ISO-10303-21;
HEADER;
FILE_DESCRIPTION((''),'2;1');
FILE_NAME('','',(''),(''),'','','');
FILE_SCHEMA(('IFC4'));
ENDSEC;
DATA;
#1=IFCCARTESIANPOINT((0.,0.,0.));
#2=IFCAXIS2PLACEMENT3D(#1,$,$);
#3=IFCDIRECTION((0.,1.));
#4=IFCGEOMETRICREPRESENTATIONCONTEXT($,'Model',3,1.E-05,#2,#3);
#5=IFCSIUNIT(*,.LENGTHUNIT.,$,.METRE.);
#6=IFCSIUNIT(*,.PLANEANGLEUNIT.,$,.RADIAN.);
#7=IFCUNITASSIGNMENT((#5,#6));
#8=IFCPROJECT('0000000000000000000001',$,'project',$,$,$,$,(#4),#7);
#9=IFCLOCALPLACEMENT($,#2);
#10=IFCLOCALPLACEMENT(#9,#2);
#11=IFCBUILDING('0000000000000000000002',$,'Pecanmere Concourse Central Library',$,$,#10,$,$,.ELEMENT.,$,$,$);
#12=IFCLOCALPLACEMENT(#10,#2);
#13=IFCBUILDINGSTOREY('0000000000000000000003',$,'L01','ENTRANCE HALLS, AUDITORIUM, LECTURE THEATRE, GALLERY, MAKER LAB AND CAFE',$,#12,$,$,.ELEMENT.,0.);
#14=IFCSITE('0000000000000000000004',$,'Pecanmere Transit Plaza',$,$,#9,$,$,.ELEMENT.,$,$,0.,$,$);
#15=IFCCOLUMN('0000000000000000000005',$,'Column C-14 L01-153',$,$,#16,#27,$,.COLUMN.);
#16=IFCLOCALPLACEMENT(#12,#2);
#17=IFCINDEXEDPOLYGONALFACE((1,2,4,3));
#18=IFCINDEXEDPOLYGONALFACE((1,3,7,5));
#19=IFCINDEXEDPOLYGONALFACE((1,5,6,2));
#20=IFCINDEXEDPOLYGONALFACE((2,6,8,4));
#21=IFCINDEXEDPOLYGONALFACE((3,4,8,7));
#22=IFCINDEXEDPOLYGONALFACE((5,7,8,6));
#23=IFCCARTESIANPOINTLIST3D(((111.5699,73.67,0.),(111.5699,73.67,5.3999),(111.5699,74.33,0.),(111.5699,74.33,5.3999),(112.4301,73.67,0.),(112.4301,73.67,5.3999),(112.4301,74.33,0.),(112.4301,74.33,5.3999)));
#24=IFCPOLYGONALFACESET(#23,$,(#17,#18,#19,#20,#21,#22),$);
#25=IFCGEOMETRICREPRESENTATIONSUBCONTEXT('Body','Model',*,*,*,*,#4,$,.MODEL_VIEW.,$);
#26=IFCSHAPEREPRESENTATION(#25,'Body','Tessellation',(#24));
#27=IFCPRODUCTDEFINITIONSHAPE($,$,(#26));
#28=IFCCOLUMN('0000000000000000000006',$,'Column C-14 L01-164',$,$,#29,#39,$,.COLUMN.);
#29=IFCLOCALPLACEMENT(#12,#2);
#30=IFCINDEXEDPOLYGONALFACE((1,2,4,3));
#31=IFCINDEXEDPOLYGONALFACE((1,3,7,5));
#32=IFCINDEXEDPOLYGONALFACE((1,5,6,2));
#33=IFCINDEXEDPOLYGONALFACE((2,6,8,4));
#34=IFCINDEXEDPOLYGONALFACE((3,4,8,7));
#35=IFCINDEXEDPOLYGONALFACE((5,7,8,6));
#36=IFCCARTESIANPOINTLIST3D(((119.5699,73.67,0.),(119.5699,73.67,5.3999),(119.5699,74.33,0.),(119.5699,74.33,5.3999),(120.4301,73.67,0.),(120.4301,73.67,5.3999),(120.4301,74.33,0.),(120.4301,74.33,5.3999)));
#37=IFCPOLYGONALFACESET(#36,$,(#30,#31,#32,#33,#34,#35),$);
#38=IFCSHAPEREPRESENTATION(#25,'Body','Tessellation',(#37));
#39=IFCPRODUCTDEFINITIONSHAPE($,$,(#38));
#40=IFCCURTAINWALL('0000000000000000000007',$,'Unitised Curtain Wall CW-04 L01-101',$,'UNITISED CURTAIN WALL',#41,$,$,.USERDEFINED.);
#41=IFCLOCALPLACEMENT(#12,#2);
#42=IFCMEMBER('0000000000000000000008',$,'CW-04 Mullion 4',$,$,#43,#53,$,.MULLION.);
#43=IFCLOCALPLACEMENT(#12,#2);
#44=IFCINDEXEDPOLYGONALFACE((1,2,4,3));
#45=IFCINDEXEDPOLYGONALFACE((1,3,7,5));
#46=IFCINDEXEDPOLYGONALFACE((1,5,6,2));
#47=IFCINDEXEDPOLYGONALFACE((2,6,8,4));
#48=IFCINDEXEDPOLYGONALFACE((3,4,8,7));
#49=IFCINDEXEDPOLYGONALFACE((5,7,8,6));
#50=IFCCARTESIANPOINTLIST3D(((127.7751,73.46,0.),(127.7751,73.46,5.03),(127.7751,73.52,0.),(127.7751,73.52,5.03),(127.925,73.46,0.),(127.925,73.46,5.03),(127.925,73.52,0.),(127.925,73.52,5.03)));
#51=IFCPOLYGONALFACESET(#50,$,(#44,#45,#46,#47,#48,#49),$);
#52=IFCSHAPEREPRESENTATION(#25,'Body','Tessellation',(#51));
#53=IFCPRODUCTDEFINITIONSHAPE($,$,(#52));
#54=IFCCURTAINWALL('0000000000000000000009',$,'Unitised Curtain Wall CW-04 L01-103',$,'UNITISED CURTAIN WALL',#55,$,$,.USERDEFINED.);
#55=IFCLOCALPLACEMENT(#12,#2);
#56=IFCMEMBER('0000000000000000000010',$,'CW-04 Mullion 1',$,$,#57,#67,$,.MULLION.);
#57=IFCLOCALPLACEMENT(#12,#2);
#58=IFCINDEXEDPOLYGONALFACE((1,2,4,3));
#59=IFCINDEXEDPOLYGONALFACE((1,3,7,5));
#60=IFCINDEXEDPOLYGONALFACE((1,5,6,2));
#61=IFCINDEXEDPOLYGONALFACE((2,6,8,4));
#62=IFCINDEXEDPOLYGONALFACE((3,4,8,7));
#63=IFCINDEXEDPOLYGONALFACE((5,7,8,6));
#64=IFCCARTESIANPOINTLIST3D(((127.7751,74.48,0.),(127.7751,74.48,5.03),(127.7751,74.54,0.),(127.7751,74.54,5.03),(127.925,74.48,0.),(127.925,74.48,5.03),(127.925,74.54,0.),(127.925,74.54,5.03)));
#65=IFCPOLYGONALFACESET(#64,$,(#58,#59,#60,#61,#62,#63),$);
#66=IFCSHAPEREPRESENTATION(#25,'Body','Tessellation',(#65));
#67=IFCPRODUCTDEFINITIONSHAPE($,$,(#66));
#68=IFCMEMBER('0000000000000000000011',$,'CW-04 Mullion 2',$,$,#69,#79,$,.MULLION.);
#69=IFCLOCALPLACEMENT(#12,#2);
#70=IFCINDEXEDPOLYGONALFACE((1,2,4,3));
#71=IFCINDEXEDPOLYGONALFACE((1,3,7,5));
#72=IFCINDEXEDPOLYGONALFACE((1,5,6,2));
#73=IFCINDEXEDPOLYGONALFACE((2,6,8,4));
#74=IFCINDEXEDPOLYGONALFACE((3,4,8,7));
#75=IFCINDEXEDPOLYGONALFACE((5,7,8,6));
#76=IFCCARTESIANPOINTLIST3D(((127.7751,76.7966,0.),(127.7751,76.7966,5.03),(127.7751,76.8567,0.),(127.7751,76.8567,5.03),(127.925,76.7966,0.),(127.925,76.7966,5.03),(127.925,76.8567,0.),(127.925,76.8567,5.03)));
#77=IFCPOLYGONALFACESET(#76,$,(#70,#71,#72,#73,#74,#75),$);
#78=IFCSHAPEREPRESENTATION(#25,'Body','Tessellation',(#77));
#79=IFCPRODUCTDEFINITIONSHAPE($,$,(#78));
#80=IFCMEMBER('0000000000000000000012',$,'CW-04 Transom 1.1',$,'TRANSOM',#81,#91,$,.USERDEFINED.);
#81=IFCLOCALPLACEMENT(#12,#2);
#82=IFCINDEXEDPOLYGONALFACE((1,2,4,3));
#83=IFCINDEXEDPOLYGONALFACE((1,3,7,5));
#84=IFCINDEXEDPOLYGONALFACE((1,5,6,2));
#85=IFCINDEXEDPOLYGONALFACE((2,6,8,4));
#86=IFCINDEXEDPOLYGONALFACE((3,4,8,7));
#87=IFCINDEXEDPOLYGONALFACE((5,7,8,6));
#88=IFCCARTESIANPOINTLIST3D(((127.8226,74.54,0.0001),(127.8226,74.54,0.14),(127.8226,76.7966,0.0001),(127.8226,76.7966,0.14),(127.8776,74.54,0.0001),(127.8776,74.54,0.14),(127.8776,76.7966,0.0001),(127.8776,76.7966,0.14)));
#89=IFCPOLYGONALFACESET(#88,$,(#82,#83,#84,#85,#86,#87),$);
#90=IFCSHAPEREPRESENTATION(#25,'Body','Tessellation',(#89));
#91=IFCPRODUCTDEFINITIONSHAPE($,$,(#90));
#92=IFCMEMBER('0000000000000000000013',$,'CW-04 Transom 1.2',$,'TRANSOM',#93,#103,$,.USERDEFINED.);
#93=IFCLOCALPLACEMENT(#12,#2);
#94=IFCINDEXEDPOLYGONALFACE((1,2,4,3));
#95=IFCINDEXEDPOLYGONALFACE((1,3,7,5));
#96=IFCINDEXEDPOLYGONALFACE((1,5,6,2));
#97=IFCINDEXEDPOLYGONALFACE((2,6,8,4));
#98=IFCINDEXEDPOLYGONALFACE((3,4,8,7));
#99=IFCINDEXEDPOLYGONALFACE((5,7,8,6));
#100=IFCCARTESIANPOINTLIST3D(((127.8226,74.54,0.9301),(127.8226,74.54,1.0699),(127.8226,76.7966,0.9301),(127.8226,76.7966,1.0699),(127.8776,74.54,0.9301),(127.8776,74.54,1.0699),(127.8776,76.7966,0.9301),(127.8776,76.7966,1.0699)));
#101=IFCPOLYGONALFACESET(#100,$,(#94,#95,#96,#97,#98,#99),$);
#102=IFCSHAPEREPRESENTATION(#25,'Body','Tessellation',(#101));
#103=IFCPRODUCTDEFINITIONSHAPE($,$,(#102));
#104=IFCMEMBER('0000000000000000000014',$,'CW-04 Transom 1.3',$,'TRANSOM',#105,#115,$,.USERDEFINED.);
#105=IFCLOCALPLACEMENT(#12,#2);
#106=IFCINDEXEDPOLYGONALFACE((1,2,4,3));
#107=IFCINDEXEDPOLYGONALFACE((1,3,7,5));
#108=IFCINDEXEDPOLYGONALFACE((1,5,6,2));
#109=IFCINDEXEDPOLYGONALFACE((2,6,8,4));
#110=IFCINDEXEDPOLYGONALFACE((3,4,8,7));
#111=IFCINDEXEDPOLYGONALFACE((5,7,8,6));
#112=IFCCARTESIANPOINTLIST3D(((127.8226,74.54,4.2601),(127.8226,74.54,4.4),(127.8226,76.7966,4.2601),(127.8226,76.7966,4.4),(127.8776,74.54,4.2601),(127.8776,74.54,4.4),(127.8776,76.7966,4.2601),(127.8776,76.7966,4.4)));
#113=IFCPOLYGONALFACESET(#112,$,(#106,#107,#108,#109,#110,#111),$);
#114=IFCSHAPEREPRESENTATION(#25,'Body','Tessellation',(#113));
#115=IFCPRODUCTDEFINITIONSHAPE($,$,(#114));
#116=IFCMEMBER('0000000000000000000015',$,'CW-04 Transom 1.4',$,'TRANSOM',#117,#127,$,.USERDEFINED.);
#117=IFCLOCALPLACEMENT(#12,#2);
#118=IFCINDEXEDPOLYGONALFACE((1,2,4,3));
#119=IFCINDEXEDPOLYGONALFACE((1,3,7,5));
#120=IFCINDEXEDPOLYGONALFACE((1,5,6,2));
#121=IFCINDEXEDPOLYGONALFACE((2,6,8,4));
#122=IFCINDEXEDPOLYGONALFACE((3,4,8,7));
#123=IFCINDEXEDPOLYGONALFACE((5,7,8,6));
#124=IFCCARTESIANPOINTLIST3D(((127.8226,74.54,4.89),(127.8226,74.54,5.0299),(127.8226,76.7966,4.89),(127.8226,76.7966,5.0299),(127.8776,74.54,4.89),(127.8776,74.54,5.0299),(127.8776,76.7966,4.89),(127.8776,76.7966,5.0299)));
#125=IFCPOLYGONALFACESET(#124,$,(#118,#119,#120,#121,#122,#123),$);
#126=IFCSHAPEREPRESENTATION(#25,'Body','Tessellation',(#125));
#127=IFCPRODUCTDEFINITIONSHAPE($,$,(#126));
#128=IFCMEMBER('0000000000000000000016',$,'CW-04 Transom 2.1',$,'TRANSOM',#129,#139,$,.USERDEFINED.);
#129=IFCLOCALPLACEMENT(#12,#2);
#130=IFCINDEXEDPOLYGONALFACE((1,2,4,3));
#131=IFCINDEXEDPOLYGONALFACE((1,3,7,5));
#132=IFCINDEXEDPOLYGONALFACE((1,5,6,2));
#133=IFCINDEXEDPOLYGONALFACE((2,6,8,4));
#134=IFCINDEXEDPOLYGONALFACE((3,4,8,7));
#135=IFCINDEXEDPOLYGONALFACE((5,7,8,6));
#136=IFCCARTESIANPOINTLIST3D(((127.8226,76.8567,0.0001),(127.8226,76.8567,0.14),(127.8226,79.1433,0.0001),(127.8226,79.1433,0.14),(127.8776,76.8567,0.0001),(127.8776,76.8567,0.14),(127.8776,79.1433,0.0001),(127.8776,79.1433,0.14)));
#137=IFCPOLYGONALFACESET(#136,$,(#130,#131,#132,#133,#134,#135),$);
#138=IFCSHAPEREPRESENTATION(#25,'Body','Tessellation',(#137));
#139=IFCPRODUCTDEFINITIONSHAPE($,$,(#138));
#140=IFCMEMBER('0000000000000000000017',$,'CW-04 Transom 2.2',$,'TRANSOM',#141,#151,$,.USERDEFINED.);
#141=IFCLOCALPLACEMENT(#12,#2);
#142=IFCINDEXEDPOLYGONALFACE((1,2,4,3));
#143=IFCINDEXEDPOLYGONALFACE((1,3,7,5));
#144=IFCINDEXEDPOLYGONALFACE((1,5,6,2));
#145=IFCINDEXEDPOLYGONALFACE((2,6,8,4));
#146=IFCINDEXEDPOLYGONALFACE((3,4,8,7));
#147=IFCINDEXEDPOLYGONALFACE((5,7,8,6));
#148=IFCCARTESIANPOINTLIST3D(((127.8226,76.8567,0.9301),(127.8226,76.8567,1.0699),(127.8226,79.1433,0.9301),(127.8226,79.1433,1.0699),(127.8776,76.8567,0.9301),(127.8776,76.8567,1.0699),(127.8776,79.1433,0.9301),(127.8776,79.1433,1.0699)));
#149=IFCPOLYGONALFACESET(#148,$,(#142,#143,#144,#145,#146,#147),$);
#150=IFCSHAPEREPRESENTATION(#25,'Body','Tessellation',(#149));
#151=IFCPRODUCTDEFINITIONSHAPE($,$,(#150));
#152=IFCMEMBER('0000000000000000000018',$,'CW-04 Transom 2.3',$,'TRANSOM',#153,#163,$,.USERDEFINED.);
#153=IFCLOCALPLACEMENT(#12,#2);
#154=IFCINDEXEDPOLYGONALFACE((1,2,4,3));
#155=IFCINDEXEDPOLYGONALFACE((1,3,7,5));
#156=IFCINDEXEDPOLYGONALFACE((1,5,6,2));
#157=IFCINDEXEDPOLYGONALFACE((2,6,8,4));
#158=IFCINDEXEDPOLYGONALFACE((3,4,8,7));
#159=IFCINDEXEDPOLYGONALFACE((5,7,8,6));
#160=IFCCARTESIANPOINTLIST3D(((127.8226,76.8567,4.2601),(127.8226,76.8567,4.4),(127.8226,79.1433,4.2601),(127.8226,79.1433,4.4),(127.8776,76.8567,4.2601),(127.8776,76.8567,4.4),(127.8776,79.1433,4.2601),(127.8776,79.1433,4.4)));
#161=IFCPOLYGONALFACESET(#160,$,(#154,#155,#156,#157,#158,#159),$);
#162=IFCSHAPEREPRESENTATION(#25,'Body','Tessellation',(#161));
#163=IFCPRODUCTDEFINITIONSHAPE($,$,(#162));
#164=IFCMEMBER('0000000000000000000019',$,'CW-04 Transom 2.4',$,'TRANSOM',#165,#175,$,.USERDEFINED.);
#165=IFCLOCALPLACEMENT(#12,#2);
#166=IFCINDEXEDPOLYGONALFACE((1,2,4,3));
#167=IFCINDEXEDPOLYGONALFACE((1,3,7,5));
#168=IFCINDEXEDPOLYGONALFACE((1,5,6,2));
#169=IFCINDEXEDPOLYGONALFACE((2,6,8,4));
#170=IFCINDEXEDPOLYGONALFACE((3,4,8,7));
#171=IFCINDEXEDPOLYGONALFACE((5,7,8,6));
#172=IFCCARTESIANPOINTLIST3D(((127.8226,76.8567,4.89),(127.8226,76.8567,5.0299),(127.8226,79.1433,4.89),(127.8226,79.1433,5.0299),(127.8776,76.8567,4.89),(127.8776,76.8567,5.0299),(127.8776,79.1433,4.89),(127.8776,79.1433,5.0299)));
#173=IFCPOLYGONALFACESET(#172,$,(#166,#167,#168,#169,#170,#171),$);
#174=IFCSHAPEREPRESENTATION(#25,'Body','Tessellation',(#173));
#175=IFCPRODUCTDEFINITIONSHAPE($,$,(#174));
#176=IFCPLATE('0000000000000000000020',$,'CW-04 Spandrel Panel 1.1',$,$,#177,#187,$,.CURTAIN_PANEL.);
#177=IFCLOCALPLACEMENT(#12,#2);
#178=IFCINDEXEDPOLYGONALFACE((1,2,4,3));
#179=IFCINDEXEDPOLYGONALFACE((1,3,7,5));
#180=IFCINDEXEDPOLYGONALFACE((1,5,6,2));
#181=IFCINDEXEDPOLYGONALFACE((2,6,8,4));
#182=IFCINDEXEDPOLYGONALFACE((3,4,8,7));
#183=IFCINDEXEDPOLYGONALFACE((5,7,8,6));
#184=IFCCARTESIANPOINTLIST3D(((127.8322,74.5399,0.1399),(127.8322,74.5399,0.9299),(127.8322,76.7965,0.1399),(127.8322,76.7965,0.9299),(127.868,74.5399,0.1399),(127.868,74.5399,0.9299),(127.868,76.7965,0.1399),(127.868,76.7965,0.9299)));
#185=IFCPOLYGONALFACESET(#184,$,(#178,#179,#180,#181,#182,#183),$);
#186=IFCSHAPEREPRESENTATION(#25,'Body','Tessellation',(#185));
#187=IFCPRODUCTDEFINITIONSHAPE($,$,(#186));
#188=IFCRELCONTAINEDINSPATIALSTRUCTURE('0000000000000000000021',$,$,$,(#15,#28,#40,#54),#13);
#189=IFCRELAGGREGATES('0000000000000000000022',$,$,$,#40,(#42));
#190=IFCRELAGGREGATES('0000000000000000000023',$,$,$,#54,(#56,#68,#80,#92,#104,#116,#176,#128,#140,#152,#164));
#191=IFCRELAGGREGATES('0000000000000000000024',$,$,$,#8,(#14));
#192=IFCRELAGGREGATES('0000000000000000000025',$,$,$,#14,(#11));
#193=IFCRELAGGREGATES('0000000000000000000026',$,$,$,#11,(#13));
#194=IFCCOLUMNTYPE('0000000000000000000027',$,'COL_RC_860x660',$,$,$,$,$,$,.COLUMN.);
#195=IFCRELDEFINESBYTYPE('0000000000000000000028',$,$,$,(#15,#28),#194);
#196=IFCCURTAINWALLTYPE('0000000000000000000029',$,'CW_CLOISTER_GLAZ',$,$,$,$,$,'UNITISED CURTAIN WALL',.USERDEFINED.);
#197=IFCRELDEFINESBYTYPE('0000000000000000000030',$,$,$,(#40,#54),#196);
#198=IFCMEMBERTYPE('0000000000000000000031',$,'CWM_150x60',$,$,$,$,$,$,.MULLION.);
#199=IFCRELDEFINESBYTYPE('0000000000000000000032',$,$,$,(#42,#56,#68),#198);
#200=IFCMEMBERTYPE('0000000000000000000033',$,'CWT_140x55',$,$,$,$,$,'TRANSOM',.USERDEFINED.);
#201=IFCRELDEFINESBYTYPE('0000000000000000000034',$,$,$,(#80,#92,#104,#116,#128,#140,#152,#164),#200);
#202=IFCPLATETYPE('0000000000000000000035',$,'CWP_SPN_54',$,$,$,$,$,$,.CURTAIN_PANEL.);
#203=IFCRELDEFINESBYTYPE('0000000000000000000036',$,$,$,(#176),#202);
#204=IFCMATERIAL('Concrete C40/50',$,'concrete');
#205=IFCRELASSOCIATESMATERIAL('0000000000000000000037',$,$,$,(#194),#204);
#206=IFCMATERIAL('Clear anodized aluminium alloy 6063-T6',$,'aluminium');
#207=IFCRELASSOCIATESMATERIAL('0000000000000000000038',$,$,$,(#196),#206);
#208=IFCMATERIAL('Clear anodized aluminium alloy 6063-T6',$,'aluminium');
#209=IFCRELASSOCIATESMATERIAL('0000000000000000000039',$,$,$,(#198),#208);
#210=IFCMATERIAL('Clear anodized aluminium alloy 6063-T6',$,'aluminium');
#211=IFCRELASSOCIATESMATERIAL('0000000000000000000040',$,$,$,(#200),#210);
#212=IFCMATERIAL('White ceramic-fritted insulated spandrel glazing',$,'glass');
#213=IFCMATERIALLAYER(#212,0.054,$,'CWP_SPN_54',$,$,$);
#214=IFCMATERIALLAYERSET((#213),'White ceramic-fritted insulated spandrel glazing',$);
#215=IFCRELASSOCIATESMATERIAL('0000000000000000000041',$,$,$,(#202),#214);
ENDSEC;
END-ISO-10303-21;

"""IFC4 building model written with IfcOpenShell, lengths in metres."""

from ifc_helpers import new_model, si_unit, direction, frame, origin, origin_2d, place, context, subcontext, project, spatial, rectangle, extrude, material, layer, layer_set, material_profile, profile_set, type_object, element, aggregate, save


model = new_model("IFC4")

# Units and contexts
model_context = context("Model", 3, precision=1e-05, world=origin(), true_north=direction((0.0, 1.0)))
body_context = subcontext(model_context, "Body", "Model", "MODEL_VIEW")
ifc_project = project(units=[si_unit("LENGTHUNIT", "METRE"), si_unit("PLANEANGLEUNIT", "RADIAN")], contexts=[model_context])

# Site, building, storey
site_placement = place(None, origin())
site = spatial("IfcSite", under=ifc_project, at=site_placement, Name="Pecanmere Transit Plaza", CompositionType="ELEMENT", RefElevation=0.0)
building_placement = place(site_placement, origin())
building = spatial("IfcBuilding", under=site, at=building_placement, Name="Pecanmere Concourse Central Library", CompositionType="ELEMENT")
storey_placement = place(building_placement, origin())
storey = spatial("IfcBuildingStorey", under=building, at=storey_placement, Name="L01", Description="ENTRANCE HALLS, AUDITORIUM, LECTURE THEATRE, GALLERY, MAKER LAB AND CAFE", CompositionType="ELEMENT", Elevation=0.0)

# Columns
ifc_material_1 = material(Name="Concrete C40/50", Category="concrete")
ifc_material_profile_1 = material_profile(ifc_material_1, rectangle(XDim=0.8601, YDim=0.6599, at=origin_2d()), Name="RC 860x660")
ifc_profile_set_1 = profile_set([ifc_material_profile_1], Name="Concrete C40/50")
column_type = type_object("IfcColumnType", Name="COL_RC_860x660", PredefinedType="COLUMN", material=ifc_profile_set_1)
for number, where, z_axis, x_axis, name in (
    (1, (112.0, 74.0, 0.0), (0.0, 0.0, 1.0), (1.0, 0.0, 0.0), "Column C-14 L01-153"),
    (2, (120.0, 74.0, 0.0), (0.0, 0.0, 1.0), (1.0, 0.0, 0.0), "Column C-14 L01-164"),
):
    element("IfcColumn", number, at=place(storey_placement, frame(where, z_axis=z_axis, x_axis=x_axis)), inside=storey, type_object=column_type, Name=name, PredefinedType="COLUMN", context=body_context, shape_type="SweptSolid", body=[
        extrude(rectangle(XDim=0.8601, YDim=0.6599, at=origin_2d()), origin(), (0.0, 0.0, 1.0), 5.3999),
    ])

# Curtain wall, member
ifc_material_2 = material(Name="Clear anodized aluminium alloy 6063-T6", Category="aluminium")
curtain_wall_type = type_object("IfcCurtainWallType", Name="CW_CLOISTER_GLAZ", ElementType="UNITISED CURTAIN WALL", PredefinedType="USERDEFINED", material=ifc_material_2)
curtain_wall_1_placement = place(storey_placement, origin())
curtain_wall_1 = element("IfcCurtainWall", 3, at=curtain_wall_1_placement, inside=storey, type_object=curtain_wall_type, Name="Unitised Curtain Wall CW-04 L01-101", ObjectType="UNITISED CURTAIN WALL", PredefinedType="USERDEFINED")
ifc_material_3 = material(Name="Clear anodized aluminium alloy 6063-T6", Category="aluminium")
ifc_material_profile_2 = material_profile(ifc_material_3, rectangle(XDim=0.0601, YDim=0.1499, at=origin_2d()), Name="AL 60x150")
ifc_profile_set_2 = profile_set([ifc_material_profile_2], Name="Clear anodized aluminium alloy 6063-T6")
member_type_1 = type_object("IfcMemberType", Name="CWM_150x60", PredefinedType="MULLION", material=ifc_profile_set_2)
member_1_placement = place(storey_placement, frame((127.8501, 73.49, 0.0), z_axis=(0.0, 0.0, 1.0), x_axis=(0.0, 1.0, 0.0)))
member_1 = element("IfcMember", 4, at=member_1_placement, type_object=member_type_1, Name="CW-04 Mullion 4", PredefinedType="MULLION", context=body_context, shape_type="SweptSolid", body=[
    extrude(rectangle(XDim=0.0601, YDim=0.1499, at=origin_2d()), origin(), (0.0, 0.0, 1.0), 5.03),
])
aggregate(curtain_wall_1, [member_1])

# Curtain wall, members, plate
curtain_wall_2_placement = place(storey_placement, origin())
curtain_wall_2 = element("IfcCurtainWall", 5, at=curtain_wall_2_placement, inside=storey, type_object=curtain_wall_type, Name="Unitised Curtain Wall CW-04 L01-103", ObjectType="UNITISED CURTAIN WALL", PredefinedType="USERDEFINED")
member_2_placement = place(storey_placement, frame((127.8501, 74.51, 0.0), z_axis=(0.0, 0.0, 1.0), x_axis=(0.0, 1.0, 0.0)))
member_2 = element("IfcMember", 6, at=member_2_placement, type_object=member_type_1, Name="CW-04 Mullion 1", PredefinedType="MULLION", context=body_context, shape_type="SweptSolid", body=[
    extrude(rectangle(XDim=0.0601, YDim=0.1499, at=origin_2d()), origin(), (0.0, 0.0, 1.0), 5.03),
])
member_3_placement = place(storey_placement, frame((127.8501, 76.8267, 0.0), z_axis=(0.0, 0.0, 1.0), x_axis=(0.0, 1.0, 0.0)))
member_3 = element("IfcMember", 7, at=member_3_placement, type_object=member_type_1, Name="CW-04 Mullion 2", PredefinedType="MULLION", context=body_context, shape_type="SweptSolid", body=[
    extrude(rectangle(XDim=0.0601, YDim=0.1499, at=origin_2d()), origin(), (0.0, 0.0, 1.0), 5.03),
])
ifc_material_4 = material(Name="Clear anodized aluminium alloy 6063-T6", Category="aluminium")
ifc_material_profile_3 = material_profile(ifc_material_4, rectangle(XDim=0.0549, YDim=0.1399, at=origin_2d()), Name="AL 55x140")
ifc_profile_set_3 = profile_set([ifc_material_profile_3], Name="Clear anodized aluminium alloy 6063-T6")
member_type_2 = type_object("IfcMemberType", Name="CWT_140x55", ElementType="TRANSOM", PredefinedType="USERDEFINED", material=ifc_profile_set_3)
member_4_placement = place(storey_placement, frame((127.8501, 74.54, 0.0701), z_axis=(0.0, 1.0, 0.0), x_axis=(-1.0, 0.0, 0.0)))
member_4 = element("IfcMember", 8, at=member_4_placement, type_object=member_type_2, Name="CW-04 Transom 1.1", ObjectType="TRANSOM", PredefinedType="USERDEFINED", context=body_context, shape_type="SweptSolid", body=[
    extrude(rectangle(XDim=0.0549, YDim=0.1399, at=origin_2d()), origin(), (0.0, 0.0, 1.0), 2.2566),
])
member_5_placement = place(storey_placement, frame((127.8501, 74.54, 1.0), z_axis=(0.0, 1.0, 0.0), x_axis=(-1.0, 0.0, 0.0)))
member_5 = element("IfcMember", 9, at=member_5_placement, type_object=member_type_2, Name="CW-04 Transom 1.2", ObjectType="TRANSOM", PredefinedType="USERDEFINED", context=body_context, shape_type="SweptSolid", body=[
    extrude(rectangle(XDim=0.0549, YDim=0.1399, at=origin_2d()), origin(), (0.0, 0.0, 1.0), 2.2566),
])
member_6_placement = place(storey_placement, frame((127.8501, 74.54, 4.3301), z_axis=(0.0, 1.0, 0.0), x_axis=(-1.0, 0.0, 0.0)))
member_6 = element("IfcMember", 10, at=member_6_placement, type_object=member_type_2, Name="CW-04 Transom 1.3", ObjectType="TRANSOM", PredefinedType="USERDEFINED", context=body_context, shape_type="SweptSolid", body=[
    extrude(rectangle(XDim=0.0549, YDim=0.1399, at=origin_2d()), origin(), (0.0, 0.0, 1.0), 2.2566),
])
member_7_placement = place(storey_placement, frame((127.8501, 74.54, 4.96), z_axis=(0.0, 1.0, 0.0), x_axis=(-1.0, 0.0, 0.0)))
member_7 = element("IfcMember", 11, at=member_7_placement, type_object=member_type_2, Name="CW-04 Transom 1.4", ObjectType="TRANSOM", PredefinedType="USERDEFINED", context=body_context, shape_type="SweptSolid", body=[
    extrude(rectangle(XDim=0.0549, YDim=0.1399, at=origin_2d()), origin(), (0.0, 0.0, 1.0), 2.2566),
])
member_8_placement = place(storey_placement, frame((127.8501, 76.8567, 0.0701), z_axis=(0.0, 1.0, 0.0), x_axis=(-1.0, 0.0, 0.0)))
member_8 = element("IfcMember", 12, at=member_8_placement, type_object=member_type_2, Name="CW-04 Transom 2.1", ObjectType="TRANSOM", PredefinedType="USERDEFINED", context=body_context, shape_type="SweptSolid", body=[
    extrude(rectangle(XDim=0.0549, YDim=0.1399, at=origin_2d()), origin(), (0.0, 0.0, 1.0), 2.2866),
])
member_9_placement = place(storey_placement, frame((127.8501, 76.8567, 1.0), z_axis=(0.0, 1.0, 0.0), x_axis=(-1.0, 0.0, 0.0)))
member_9 = element("IfcMember", 13, at=member_9_placement, type_object=member_type_2, Name="CW-04 Transom 2.2", ObjectType="TRANSOM", PredefinedType="USERDEFINED", context=body_context, shape_type="SweptSolid", body=[
    extrude(rectangle(XDim=0.0549, YDim=0.1399, at=origin_2d()), origin(), (0.0, 0.0, 1.0), 2.2866),
])
member_10_placement = place(storey_placement, frame((127.8501, 76.8567, 4.3301), z_axis=(0.0, 1.0, 0.0), x_axis=(-1.0, 0.0, 0.0)))
member_10 = element("IfcMember", 14, at=member_10_placement, type_object=member_type_2, Name="CW-04 Transom 2.3", ObjectType="TRANSOM", PredefinedType="USERDEFINED", context=body_context, shape_type="SweptSolid", body=[
    extrude(rectangle(XDim=0.0549, YDim=0.1399, at=origin_2d()), origin(), (0.0, 0.0, 1.0), 2.2866),
])
member_11_placement = place(storey_placement, frame((127.8501, 76.8567, 4.96), z_axis=(0.0, 1.0, 0.0), x_axis=(-1.0, 0.0, 0.0)))
member_11 = element("IfcMember", 15, at=member_11_placement, type_object=member_type_2, Name="CW-04 Transom 2.4", ObjectType="TRANSOM", PredefinedType="USERDEFINED", context=body_context, shape_type="SweptSolid", body=[
    extrude(rectangle(XDim=0.0549, YDim=0.1399, at=origin_2d()), origin(), (0.0, 0.0, 1.0), 2.2866),
])
ifc_material_5 = material(Name="White ceramic-fritted insulated spandrel glazing", Category="glass")
ifc_layer_1 = layer(ifc_material_5, 0.054, Name="CWP_SPN_54")
ifc_layer_set_1 = layer_set([ifc_layer_1], Name="White ceramic-fritted insulated spandrel glazing")
plate_type_1 = type_object("IfcPlateType", Name="CWP_SPN_54", PredefinedType="CURTAIN_PANEL", material=ifc_layer_set_1)
plate_1_placement = place(storey_placement, frame((127.8501, 75.6682, 0.1399), z_axis=(0.0, 0.0, 1.0), x_axis=(0.0, 1.0, 0.0)))
plate_1 = element("IfcPlate", 16, at=plate_1_placement, type_object=plate_type_1, Name="CW-04 Spandrel Panel 1.1", PredefinedType="CURTAIN_PANEL", context=body_context, shape_type="SweptSolid", body=[
    extrude(rectangle(XDim=2.2566, YDim=0.0359, at=origin_2d()), origin(), (0.0, 0.0, 1.0), 0.79),
])
aggregate(curtain_wall_2, [member_2, member_3, member_4, member_5, member_6, member_7, plate_1, member_8, member_9, member_10, member_11])

save(model, "model.ifc")
